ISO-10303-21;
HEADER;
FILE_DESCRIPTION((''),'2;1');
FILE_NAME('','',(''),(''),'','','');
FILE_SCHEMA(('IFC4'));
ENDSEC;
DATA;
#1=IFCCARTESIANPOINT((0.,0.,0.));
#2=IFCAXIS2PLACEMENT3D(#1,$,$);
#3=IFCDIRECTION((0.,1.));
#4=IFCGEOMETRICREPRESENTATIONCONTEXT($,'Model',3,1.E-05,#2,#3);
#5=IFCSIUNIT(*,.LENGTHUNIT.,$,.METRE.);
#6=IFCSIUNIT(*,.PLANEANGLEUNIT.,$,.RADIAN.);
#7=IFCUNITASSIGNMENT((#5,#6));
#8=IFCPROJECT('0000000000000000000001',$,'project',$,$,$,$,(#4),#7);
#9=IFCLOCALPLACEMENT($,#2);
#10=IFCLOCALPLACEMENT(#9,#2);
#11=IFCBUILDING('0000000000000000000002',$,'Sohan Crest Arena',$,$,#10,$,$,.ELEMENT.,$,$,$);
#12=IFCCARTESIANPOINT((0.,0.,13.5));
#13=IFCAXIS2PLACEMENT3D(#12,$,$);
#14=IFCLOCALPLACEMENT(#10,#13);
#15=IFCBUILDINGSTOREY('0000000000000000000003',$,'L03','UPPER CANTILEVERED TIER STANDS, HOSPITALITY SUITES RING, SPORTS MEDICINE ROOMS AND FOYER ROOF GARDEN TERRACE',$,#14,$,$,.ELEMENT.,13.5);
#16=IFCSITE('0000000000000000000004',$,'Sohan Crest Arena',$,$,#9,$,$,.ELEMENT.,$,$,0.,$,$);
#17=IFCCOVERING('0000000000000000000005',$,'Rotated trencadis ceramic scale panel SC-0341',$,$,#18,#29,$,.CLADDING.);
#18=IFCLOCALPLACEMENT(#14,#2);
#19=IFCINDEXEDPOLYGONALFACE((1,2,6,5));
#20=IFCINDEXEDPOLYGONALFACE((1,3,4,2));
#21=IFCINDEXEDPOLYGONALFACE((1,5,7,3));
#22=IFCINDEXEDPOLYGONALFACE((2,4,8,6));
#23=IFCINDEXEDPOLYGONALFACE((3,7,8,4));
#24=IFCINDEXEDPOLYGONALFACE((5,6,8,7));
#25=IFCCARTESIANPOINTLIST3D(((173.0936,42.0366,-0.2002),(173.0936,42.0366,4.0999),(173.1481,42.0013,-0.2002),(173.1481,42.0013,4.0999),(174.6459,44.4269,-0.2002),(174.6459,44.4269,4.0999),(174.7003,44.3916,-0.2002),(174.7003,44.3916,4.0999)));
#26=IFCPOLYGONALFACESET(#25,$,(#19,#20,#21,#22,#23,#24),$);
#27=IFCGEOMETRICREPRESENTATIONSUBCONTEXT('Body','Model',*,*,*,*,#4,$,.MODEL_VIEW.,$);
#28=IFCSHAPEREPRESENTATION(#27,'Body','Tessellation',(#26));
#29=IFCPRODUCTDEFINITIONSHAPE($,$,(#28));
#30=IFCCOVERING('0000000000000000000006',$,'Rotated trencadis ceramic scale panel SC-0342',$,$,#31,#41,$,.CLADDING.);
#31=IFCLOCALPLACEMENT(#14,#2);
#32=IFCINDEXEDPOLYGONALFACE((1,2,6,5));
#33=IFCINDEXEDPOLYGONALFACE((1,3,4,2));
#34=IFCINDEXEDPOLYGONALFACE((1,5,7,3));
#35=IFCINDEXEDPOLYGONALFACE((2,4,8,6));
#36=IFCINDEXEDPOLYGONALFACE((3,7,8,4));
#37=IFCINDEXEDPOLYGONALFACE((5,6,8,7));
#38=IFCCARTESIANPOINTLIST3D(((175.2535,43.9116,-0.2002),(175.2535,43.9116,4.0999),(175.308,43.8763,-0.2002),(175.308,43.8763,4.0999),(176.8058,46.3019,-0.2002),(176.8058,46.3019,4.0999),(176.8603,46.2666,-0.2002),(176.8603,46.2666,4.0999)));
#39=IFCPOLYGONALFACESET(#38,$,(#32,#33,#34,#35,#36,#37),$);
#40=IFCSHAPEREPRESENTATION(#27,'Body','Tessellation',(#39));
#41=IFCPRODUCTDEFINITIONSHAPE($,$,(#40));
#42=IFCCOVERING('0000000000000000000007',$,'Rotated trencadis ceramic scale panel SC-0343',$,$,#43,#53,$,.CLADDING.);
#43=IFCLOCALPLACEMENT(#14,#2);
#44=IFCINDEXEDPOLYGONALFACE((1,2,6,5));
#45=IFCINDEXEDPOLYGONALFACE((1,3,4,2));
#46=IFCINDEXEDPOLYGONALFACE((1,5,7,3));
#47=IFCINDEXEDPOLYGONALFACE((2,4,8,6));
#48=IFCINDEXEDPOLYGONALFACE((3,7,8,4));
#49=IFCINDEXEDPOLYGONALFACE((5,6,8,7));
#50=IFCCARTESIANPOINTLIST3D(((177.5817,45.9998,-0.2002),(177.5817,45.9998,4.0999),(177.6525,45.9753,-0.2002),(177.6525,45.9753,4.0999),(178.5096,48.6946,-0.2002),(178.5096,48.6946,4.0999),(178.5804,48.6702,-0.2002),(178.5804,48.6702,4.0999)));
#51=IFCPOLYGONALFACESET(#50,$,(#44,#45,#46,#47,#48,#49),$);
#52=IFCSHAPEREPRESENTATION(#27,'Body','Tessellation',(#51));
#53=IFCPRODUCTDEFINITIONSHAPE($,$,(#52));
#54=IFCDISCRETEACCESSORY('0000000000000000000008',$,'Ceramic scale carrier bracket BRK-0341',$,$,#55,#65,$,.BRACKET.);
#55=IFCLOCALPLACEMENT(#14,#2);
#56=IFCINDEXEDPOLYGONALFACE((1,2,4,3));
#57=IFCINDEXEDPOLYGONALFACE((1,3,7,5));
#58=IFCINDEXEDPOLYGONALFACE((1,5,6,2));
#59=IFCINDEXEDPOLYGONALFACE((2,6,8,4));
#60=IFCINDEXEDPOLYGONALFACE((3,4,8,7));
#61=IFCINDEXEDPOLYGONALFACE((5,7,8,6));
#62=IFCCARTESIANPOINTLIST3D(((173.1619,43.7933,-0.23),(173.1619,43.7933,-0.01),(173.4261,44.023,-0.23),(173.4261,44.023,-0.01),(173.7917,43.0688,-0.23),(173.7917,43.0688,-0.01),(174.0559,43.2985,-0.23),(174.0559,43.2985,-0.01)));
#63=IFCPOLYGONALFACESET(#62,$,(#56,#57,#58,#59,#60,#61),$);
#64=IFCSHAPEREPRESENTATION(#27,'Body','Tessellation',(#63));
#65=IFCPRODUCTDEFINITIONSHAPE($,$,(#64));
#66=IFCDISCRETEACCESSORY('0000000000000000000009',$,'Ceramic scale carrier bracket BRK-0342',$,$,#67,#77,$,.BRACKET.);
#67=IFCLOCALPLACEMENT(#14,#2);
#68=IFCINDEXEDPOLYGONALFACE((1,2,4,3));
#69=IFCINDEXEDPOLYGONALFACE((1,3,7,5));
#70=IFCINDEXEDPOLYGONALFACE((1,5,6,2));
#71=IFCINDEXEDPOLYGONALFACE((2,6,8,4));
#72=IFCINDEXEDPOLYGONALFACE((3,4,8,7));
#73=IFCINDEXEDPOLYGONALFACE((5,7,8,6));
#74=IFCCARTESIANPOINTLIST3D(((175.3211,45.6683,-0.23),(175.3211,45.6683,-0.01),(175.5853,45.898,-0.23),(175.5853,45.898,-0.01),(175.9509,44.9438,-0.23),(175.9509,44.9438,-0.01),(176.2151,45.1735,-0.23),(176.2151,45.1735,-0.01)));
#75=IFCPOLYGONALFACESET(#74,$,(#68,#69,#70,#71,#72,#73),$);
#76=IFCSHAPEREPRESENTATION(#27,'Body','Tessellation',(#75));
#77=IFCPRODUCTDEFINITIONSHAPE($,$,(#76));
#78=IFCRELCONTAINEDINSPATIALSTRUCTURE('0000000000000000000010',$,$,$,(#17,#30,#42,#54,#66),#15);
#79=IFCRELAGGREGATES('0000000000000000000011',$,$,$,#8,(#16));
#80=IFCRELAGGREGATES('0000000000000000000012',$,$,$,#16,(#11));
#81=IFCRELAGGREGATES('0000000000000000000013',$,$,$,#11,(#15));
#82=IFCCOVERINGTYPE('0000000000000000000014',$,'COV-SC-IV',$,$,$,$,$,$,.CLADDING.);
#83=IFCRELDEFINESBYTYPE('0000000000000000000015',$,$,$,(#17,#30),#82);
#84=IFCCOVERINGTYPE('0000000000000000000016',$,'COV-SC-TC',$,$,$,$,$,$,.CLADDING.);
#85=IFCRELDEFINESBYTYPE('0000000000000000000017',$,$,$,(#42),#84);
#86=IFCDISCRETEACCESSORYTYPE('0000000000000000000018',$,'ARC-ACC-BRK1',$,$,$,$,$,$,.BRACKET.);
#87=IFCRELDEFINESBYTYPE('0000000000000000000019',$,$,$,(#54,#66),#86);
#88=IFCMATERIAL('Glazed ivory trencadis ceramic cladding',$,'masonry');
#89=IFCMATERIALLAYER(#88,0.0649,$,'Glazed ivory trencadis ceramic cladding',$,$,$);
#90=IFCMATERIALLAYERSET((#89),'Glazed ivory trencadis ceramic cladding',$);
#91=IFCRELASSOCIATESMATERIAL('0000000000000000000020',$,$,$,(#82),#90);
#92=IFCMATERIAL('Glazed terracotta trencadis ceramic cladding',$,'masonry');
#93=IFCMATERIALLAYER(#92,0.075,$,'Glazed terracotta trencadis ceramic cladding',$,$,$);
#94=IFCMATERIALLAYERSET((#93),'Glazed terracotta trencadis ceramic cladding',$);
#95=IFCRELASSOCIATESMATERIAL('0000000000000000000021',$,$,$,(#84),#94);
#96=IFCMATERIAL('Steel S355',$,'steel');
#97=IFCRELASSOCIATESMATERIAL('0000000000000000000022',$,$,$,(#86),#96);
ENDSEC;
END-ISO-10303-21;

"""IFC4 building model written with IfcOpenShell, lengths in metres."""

from ifc_helpers import new_model, si_unit, direction, frame, origin, origin_2d, place, context, subcontext, project, spatial, rectangle, extrude, material, layer, layer_set, type_object, element, save


model = new_model("IFC4")

# Units and contexts
model_context = context("Model", 3, precision=1e-05, world=origin(), true_north=direction((0.0, 1.0)))
body_context = subcontext(model_context, "Body", "Model", "MODEL_VIEW")
ifc_project = project(units=[si_unit("LENGTHUNIT", "METRE"), si_unit("PLANEANGLEUNIT", "RADIAN")], contexts=[model_context])

# Site, building, storey
site_placement = place(None, origin())
site = spatial("IfcSite", under=ifc_project, at=site_placement, Name="Sohan Crest Arena", CompositionType="ELEMENT", RefElevation=0.0)
building_placement = place(site_placement, origin())
building = spatial("IfcBuilding", under=site, at=building_placement, Name="Sohan Crest Arena", CompositionType="ELEMENT")
storey_placement = place(building_placement, frame((0.0, 0.0, 13.5)))
storey = spatial("IfcBuildingStorey", under=building, at=storey_placement, Name="L03", Description="UPPER CANTILEVERED TIER STANDS, HOSPITALITY SUITES RING, SPORTS MEDICINE ROOMS AND FOYER ROOF GARDEN TERRACE", CompositionType="ELEMENT", Elevation=13.5)

# Shared definitions
ifc_material_1 = material(Name="Steel S355", Category="steel")

# Coverings
ifc_material_2 = material(Name="Glazed ivory trencadis ceramic cladding", Category="masonry")
ifc_layer_1 = layer(ifc_material_2, 0.0649, Name="Glazed ivory trencadis ceramic cladding")
ifc_layer_set_1 = layer_set([ifc_layer_1], Name="Glazed ivory trencadis ceramic cladding")
covering_type_1 = type_object("IfcCoveringType", Name="COV-SC-IV", PredefinedType="CLADDING", material=ifc_layer_set_1)
for number, where, z_axis, x_axis, name in (
    (1, (173.897, 43.2141, -0.2002), (0.0, 0.0, 1.0), (0.544639, 0.838671, 0.0), "Rotated trencadis ceramic scale panel SC-0341"),
    (2, (176.0569, 45.0891, -0.2002), (0.0, 0.0, 1.0), (0.544639, 0.838671, 0.0), "Rotated trencadis ceramic scale panel SC-0342"),
):
    element("IfcCovering", number, at=place(storey_placement, frame(where, z_axis=z_axis, x_axis=x_axis)), inside=storey, type_object=covering_type_1, Name=name, PredefinedType="CLADDING", context=body_context, shape_type="SweptSolid", body=[
        extrude(rectangle(XDim=2.8501, YDim=0.0649, at=origin_2d()), origin(), (0.0, 0.0, 1.0), 4.3),
    ])
ifc_material_3 = material(Name="Glazed terracotta trencadis ceramic cladding", Category="masonry")
ifc_layer_2 = layer(ifc_material_3, 0.075, Name="Glazed terracotta trencadis ceramic cladding")
ifc_layer_set_2 = layer_set([ifc_layer_2], Name="Glazed terracotta trencadis ceramic cladding")
covering_type_2 = type_object("IfcCoveringType", Name="COV-SC-TC", PredefinedType="CLADDING", material=ifc_layer_set_2)
covering_placement = place(storey_placement, frame((178.0811, 47.335, -0.2002), z_axis=(0.0, 0.0, 1.0), x_axis=(0.325568, 0.945519, 0.0)))
element("IfcCovering", 3, at=covering_placement, inside=storey, type_object=covering_type_2, Name="Rotated trencadis ceramic scale panel SC-0343", PredefinedType="CLADDING", context=body_context, shape_type="SweptSolid", body=[
    extrude(rectangle(XDim=2.8501, YDim=0.075, at=origin_2d()), origin(), (0.0, 0.0, 1.0), 4.3),
])

# Discrete accessories
discrete_accessory_type = type_object("IfcDiscreteAccessoryType", Name="ARC-ACC-BRK1", PredefinedType="BRACKET", material=ifc_material_1)
for number, where, z_axis, x_axis, name in (
    (4, (173.6089, 43.5459, -0.23), (0.0, 0.0, 1.0), (0.75471, 0.656059, 0.0), "Ceramic scale carrier bracket BRK-0341"),
    (5, (175.7681, 45.4209, -0.23), (0.0, 0.0, 1.0), (0.75471, 0.656059, 0.0), "Ceramic scale carrier bracket BRK-0342"),
):
    element("IfcDiscreteAccessory", number, at=place(storey_placement, frame(where, z_axis=z_axis, x_axis=x_axis)), inside=storey, type_object=discrete_accessory_type, Name=name, PredefinedType="BRACKET", context=body_context, shape_type="SweptSolid", body=[
        extrude(rectangle(XDim=0.3501, YDim=0.96, at=origin_2d()), origin(), (0.0, 0.0, 1.0), 0.22),
    ])

save(model, "model.ifc")
